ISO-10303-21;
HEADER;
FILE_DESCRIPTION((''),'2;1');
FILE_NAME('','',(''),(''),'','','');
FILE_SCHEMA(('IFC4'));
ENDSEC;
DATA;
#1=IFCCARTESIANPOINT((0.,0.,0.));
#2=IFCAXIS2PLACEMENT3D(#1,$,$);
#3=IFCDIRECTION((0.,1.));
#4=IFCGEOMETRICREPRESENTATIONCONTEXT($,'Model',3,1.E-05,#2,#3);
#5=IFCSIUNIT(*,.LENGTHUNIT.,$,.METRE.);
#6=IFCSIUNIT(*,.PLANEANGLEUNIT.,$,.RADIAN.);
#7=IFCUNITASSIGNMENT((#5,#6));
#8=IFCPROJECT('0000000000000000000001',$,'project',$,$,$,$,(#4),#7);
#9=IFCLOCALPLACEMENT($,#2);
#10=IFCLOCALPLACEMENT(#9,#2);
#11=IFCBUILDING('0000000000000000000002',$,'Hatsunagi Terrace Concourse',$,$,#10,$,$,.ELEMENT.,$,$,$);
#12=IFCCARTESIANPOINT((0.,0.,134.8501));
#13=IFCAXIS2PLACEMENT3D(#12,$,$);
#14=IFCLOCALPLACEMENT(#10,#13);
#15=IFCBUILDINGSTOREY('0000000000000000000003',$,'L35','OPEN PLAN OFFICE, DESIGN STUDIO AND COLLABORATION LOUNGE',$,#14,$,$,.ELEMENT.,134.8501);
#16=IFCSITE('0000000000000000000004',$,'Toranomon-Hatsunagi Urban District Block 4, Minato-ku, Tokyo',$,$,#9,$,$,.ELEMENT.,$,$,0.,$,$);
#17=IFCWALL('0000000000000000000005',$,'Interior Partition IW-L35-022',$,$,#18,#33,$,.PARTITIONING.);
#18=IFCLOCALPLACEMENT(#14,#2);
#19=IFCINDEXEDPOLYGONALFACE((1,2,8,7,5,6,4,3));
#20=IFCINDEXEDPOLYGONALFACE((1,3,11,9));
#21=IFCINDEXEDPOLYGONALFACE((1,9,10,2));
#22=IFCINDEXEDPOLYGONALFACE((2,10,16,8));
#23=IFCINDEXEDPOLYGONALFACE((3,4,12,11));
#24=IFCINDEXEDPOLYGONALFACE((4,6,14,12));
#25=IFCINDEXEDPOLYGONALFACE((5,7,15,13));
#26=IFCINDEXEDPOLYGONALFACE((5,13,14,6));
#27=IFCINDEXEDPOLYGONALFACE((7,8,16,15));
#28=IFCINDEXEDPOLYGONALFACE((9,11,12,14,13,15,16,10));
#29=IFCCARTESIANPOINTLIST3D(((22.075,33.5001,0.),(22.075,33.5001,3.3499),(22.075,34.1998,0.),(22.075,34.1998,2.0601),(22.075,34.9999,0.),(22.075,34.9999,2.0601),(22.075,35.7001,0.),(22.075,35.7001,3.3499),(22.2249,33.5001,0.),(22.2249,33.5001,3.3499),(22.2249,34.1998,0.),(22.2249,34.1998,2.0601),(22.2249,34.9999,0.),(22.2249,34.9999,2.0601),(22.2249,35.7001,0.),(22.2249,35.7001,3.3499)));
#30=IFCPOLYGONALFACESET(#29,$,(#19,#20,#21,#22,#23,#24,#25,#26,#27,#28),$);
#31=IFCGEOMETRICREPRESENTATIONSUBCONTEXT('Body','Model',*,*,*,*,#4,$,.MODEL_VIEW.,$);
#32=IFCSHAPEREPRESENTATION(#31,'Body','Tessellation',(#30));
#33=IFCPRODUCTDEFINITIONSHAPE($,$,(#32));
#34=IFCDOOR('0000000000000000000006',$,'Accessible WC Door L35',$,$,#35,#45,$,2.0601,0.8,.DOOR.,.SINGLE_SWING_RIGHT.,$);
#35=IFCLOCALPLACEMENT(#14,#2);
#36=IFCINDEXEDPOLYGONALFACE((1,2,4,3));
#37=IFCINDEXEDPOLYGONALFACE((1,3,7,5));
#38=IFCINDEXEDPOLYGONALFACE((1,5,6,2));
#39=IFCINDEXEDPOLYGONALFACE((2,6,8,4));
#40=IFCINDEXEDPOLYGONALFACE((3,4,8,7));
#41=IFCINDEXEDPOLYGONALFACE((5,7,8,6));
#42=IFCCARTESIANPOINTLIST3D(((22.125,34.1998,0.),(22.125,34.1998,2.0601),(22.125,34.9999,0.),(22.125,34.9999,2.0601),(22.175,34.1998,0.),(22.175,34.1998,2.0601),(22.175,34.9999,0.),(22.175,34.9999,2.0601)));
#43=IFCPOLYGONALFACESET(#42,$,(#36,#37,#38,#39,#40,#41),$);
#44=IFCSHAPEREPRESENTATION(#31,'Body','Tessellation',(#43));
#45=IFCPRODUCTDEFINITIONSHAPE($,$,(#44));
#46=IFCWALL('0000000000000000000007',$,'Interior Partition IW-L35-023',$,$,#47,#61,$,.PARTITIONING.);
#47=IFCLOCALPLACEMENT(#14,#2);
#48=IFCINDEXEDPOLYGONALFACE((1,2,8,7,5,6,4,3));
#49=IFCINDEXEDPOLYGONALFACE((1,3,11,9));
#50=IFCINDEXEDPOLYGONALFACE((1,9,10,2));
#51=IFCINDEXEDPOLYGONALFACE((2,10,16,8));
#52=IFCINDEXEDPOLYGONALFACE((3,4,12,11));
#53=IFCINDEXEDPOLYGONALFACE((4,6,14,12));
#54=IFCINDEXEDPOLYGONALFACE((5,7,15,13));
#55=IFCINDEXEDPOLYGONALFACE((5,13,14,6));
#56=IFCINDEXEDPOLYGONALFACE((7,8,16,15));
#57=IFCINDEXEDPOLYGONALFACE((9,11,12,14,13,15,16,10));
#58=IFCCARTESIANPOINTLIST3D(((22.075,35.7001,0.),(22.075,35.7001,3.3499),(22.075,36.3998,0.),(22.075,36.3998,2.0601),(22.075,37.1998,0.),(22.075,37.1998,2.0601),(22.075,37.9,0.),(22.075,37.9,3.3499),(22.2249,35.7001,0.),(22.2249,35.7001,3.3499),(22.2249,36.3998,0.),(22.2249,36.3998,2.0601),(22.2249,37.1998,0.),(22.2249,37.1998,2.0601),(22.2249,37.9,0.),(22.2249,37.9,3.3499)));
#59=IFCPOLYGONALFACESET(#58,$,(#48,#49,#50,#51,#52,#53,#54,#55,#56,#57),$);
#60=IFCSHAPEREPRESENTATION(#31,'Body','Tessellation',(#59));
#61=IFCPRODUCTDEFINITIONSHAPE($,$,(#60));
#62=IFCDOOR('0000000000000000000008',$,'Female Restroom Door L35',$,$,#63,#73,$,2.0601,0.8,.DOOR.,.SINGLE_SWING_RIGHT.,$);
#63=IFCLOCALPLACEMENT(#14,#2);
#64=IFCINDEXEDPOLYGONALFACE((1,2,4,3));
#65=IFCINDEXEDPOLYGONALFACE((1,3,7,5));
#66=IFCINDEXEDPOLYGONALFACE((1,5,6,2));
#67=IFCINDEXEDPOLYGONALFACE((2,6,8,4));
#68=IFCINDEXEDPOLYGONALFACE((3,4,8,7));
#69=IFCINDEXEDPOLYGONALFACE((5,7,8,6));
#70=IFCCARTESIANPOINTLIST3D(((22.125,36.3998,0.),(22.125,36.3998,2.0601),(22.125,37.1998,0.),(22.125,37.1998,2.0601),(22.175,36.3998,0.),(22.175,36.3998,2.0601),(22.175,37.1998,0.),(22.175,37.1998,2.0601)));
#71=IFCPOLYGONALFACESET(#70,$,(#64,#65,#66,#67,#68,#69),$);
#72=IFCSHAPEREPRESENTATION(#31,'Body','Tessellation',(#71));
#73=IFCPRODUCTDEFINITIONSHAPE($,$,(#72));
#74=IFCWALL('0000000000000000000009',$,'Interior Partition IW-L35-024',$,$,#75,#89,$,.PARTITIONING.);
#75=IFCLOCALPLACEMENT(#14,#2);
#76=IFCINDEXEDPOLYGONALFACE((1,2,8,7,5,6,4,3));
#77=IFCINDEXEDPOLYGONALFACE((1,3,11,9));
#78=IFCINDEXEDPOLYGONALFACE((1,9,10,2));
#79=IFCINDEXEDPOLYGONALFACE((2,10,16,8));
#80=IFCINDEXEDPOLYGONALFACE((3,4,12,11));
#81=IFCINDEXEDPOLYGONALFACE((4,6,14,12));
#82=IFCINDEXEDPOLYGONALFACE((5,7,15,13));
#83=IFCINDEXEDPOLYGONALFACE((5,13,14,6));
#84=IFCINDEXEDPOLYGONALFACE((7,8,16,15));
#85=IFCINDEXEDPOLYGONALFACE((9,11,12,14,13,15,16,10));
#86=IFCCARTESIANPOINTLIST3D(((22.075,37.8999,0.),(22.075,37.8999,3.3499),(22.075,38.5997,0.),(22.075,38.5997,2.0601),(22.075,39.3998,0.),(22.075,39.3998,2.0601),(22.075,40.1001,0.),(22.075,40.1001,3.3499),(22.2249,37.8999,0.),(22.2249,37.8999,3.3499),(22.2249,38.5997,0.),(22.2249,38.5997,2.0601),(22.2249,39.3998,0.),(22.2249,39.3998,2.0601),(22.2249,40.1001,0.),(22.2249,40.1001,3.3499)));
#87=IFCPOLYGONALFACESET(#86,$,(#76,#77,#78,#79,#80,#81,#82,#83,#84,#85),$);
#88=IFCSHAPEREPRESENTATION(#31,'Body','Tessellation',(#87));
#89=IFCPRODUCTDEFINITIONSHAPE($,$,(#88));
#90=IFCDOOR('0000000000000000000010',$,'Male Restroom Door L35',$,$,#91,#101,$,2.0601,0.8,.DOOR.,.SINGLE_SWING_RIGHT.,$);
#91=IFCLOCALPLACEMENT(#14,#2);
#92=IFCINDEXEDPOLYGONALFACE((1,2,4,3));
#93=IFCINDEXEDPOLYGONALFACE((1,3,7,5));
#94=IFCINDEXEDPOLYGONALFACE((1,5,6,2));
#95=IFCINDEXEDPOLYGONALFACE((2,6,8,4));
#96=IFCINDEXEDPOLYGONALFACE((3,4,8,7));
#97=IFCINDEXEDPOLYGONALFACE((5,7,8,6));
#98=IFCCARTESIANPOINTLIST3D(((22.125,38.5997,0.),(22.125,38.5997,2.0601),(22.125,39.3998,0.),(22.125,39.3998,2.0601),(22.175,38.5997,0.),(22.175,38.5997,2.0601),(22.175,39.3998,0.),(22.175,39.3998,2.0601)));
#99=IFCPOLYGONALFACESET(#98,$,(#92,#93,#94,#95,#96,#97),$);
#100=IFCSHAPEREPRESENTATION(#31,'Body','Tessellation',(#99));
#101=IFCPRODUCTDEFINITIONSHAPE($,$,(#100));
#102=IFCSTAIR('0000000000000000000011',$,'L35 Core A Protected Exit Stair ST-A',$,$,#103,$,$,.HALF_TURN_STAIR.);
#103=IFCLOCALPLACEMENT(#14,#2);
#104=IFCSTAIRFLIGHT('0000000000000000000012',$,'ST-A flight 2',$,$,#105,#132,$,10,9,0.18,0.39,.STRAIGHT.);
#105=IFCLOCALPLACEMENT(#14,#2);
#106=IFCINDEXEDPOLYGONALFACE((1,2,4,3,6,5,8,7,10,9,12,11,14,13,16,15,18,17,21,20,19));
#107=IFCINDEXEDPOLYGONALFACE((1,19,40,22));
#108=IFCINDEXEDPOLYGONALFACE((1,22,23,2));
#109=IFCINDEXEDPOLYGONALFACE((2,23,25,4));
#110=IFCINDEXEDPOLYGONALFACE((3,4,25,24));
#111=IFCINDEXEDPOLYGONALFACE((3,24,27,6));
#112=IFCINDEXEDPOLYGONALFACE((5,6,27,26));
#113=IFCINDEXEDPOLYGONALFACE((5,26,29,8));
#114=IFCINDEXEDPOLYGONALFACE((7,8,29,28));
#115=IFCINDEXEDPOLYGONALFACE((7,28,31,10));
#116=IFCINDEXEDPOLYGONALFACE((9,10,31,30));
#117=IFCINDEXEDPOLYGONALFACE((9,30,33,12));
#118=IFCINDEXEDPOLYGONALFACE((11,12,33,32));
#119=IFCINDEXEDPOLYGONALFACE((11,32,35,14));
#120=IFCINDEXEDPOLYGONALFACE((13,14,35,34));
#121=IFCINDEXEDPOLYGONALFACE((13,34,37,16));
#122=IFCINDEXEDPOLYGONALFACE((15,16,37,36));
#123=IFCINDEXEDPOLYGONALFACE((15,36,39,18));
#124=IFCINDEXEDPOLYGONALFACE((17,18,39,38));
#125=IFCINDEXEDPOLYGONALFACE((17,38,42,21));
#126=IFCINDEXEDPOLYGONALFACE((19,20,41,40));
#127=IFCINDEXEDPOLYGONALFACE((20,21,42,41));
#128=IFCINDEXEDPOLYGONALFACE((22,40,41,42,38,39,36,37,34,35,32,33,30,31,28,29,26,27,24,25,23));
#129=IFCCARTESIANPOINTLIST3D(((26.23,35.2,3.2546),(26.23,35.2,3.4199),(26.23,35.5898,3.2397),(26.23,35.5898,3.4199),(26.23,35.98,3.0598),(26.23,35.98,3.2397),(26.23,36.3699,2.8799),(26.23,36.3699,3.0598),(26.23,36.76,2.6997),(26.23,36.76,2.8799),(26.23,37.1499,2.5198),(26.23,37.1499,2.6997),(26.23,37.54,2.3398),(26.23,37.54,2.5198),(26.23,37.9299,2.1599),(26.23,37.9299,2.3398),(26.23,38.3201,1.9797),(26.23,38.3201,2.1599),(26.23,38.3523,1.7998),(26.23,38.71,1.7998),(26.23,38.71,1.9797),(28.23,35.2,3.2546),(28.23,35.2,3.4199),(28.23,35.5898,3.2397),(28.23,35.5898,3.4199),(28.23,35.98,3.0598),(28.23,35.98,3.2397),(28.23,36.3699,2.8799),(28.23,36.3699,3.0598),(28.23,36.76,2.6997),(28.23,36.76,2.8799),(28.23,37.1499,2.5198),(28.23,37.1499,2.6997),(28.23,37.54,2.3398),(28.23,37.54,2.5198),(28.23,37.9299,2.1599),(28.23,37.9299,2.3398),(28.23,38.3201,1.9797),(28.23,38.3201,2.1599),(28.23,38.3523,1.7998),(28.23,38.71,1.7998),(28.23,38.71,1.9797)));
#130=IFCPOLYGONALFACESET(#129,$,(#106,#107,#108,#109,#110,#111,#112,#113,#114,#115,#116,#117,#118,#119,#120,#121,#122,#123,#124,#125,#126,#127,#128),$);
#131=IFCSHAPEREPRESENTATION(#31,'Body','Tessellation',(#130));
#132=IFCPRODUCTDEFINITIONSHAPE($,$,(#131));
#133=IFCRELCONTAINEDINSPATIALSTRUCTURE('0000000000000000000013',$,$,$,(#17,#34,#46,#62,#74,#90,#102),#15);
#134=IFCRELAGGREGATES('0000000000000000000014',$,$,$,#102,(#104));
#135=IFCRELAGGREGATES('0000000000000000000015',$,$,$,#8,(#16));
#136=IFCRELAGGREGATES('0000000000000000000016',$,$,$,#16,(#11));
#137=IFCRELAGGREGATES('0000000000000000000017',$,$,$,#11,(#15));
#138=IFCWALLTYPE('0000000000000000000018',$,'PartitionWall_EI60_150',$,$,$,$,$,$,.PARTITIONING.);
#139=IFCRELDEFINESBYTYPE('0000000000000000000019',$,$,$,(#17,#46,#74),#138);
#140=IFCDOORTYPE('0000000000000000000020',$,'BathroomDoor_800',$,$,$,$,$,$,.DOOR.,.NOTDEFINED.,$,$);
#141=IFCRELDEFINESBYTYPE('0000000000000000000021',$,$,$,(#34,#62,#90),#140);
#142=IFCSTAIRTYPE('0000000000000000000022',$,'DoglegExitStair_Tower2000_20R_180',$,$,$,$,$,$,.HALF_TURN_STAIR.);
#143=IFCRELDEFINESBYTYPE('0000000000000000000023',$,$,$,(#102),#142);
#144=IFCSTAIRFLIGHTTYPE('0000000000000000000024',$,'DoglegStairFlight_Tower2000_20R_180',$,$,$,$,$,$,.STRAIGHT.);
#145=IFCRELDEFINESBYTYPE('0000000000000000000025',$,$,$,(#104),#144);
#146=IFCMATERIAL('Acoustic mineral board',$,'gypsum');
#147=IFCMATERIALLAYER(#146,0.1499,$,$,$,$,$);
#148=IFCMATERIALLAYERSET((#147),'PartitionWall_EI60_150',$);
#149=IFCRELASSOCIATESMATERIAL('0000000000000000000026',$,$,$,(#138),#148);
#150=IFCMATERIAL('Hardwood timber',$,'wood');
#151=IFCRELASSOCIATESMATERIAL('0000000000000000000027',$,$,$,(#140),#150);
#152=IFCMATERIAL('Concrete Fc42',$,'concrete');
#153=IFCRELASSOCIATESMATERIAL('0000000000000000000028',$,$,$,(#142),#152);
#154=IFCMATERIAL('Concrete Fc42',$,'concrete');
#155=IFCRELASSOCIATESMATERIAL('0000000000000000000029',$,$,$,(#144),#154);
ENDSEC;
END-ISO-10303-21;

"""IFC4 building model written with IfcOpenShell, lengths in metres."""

from ifc_helpers import new_model, si_unit, direction, frame, frame_2d, origin, place, context, subcontext, project, spatial, polyline, rectangle, outline, extrude, material, layer, layer_set, type_object, element, fill, aggregate, save


model = new_model("IFC4")

# Units and contexts
model_context = context("Model", 3, precision=1e-05, world=origin(), true_north=direction((0.0, 1.0)))
body_context = subcontext(model_context, "Body", "Model", "MODEL_VIEW")
ifc_project = project(units=[si_unit("LENGTHUNIT", "METRE"), si_unit("PLANEANGLEUNIT", "RADIAN")], contexts=[model_context])

# Site, building, storey
site_placement = place(None, origin())
site = spatial("IfcSite", under=ifc_project, at=site_placement, Name="Toranomon-Hatsunagi Urban District Block 4, Minato-ku, Tokyo", CompositionType="ELEMENT", RefElevation=0.0)
building_placement = place(site_placement, origin())
building = spatial("IfcBuilding", under=site, at=building_placement, Name="Hatsunagi Terrace Concourse", CompositionType="ELEMENT")
storey_placement = place(building_placement, frame((0.0, 0.0, 134.8501)))
storey = spatial("IfcBuildingStorey", under=building, at=storey_placement, Name="L35", Description="OPEN PLAN OFFICE, DESIGN STUDIO AND COLLABORATION LOUNGE", CompositionType="ELEMENT", Elevation=134.8501)

# Shared definitions
ifc_material_1 = material(Name="Acoustic mineral board", Category="gypsum")
ifc_layer_1 = layer(ifc_material_1, 0.1499)
ifc_layer_set_1 = layer_set([ifc_layer_1], Name="PartitionWall_EI60_150")
wall_type_1 = type_object("IfcWallType", Name="PartitionWall_EI60_150", PredefinedType="PARTITIONING", material=ifc_layer_set_1)

# Walls, openings, doors
wall_1_placement = place(storey_placement, frame((22.1499, 33.5, 0.0), z_axis=(0.0, 0.0, 1.0), x_axis=(0.0, 1.0, 0.0)))
wall_1 = element("IfcWall", 1, at=wall_1_placement, inside=storey, type_object=wall_type_1, Name="Interior Partition IW-L35-022", PredefinedType="PARTITIONING", context=body_context, shape_type="SweptSolid", body=[
    extrude(rectangle(XDim=2.2, YDim=0.1499, at=frame_2d((1.1001, 0.0))), origin(), (0.0, 0.0, 1.0), 3.3499),
])
opening_1_placement = place(wall_1_placement, frame((0.7, 0.0, 0.0)))
opening_1 = element("IfcOpeningElement", 2, at=opening_1_placement, cuts=wall_1, PredefinedType="OPENING", context=body_context, shape_type="SweptSolid", body=[
    extrude(rectangle(XDim=0.8, YDim=2.0601, at=frame_2d((0.3999, 1.03))), frame((0.0, 0.085, 0.0), z_axis=(0.0, -1.0, 0.0), x_axis=(1.0, 0.0, 0.0)), (0.0, 0.0, 1.0), 0.1699),
])
ifc_material_2 = material(Name="Hardwood timber", Category="wood")
door_type_1 = type_object("IfcDoorType", Name="BathroomDoor_800", OperationType="NOTDEFINED", PredefinedType="DOOR", material=ifc_material_2)
door_1_placement = place(opening_1_placement, origin())
door_1 = element("IfcDoor", 3, at=door_1_placement, inside=storey, type_object=door_type_1, Name="Accessible WC Door L35", OperationType="SINGLE_SWING_RIGHT", OverallHeight=2.0601, OverallWidth=0.8, PredefinedType="DOOR", context=body_context, shape_type="SweptSolid", body=[
    extrude(rectangle(XDim=0.8, YDim=2.0601, at=frame_2d((0.3999, 1.03))), frame((0.0, 0.0249, 0.0), z_axis=(0.0, -1.0, 0.0), x_axis=(1.0, 0.0, 0.0)), (0.0, 0.0, 1.0), 0.05),
])
fill(opening_1, door_1)
wall_2_placement = place(storey_placement, frame((22.1499, 35.7, 0.0), z_axis=(0.0, 0.0, 1.0), x_axis=(0.0, 1.0, 0.0)))
wall_2 = element("IfcWall", 4, at=wall_2_placement, inside=storey, type_object=wall_type_1, Name="Interior Partition IW-L35-023", PredefinedType="PARTITIONING", context=body_context, shape_type="SweptSolid", body=[
    extrude(rectangle(XDim=2.2, YDim=0.1499, at=frame_2d((1.1001, 0.0))), origin(), (0.0, 0.0, 1.0), 3.3499),
])
opening_2_placement = place(wall_2_placement, frame((0.7, 0.0, 0.0)))
opening_2 = element("IfcOpeningElement", 5, at=opening_2_placement, cuts=wall_2, PredefinedType="OPENING", context=body_context, shape_type="SweptSolid", body=[
    extrude(rectangle(XDim=0.8, YDim=2.0601, at=frame_2d((0.3999, 1.03))), frame((0.0, 0.085, 0.0), z_axis=(0.0, -1.0, 0.0), x_axis=(1.0, 0.0, 0.0)), (0.0, 0.0, 1.0), 0.1699),
])
door_2_placement = place(opening_2_placement, origin())
door_2 = element("IfcDoor", 6, at=door_2_placement, inside=storey, type_object=door_type_1, Name="Female Restroom Door L35", OperationType="SINGLE_SWING_RIGHT", OverallHeight=2.0601, OverallWidth=0.8, PredefinedType="DOOR", context=body_context, shape_type="SweptSolid", body=[
    extrude(rectangle(XDim=0.8, YDim=2.0601, at=frame_2d((0.3999, 1.03))), frame((0.0, 0.0249, 0.0), z_axis=(0.0, -1.0, 0.0), x_axis=(1.0, 0.0, 0.0)), (0.0, 0.0, 1.0), 0.05),
])
fill(opening_2, door_2)
wall_3_placement = place(storey_placement, frame((22.1499, 37.8999, 0.0), z_axis=(0.0, 0.0, 1.0), x_axis=(0.0, 1.0, 0.0)))
wall_3 = element("IfcWall", 7, at=wall_3_placement, inside=storey, type_object=wall_type_1, Name="Interior Partition IW-L35-024", PredefinedType="PARTITIONING", context=body_context, shape_type="SweptSolid", body=[
    extrude(rectangle(XDim=2.2002, YDim=0.1499, at=frame_2d((1.1001, 0.0))), origin(), (0.0, 0.0, 1.0), 3.3499),
])
opening_3_placement = place(wall_3_placement, frame((0.7, 0.0, 0.0)))
opening_3 = element("IfcOpeningElement", 8, at=opening_3_placement, cuts=wall_3, PredefinedType="OPENING", context=body_context, shape_type="SweptSolid", body=[
    extrude(rectangle(XDim=0.8, YDim=2.0601, at=frame_2d((0.3999, 1.03))), frame((0.0, 0.085, 0.0), z_axis=(0.0, -1.0, 0.0), x_axis=(1.0, 0.0, 0.0)), (0.0, 0.0, 1.0), 0.1699),
])
door_3_placement = place(opening_3_placement, origin())
door_3 = element("IfcDoor", 9, at=door_3_placement, inside=storey, type_object=door_type_1, Name="Male Restroom Door L35", OperationType="SINGLE_SWING_RIGHT", OverallHeight=2.0601, OverallWidth=0.8, PredefinedType="DOOR", context=body_context, shape_type="SweptSolid", body=[
    extrude(rectangle(XDim=0.8, YDim=2.0601, at=frame_2d((0.3999, 1.03))), frame((0.0, 0.0249, 0.0), z_axis=(0.0, -1.0, 0.0), x_axis=(1.0, 0.0, 0.0)), (0.0, 0.0, 1.0), 0.05),
])
fill(opening_3, door_3)

# Stair, stair flight
ifc_material_3 = material(Name="Concrete Fc42", Category="concrete")
stair_type = type_object("IfcStairType", Name="DoglegExitStair_Tower2000_20R_180", PredefinedType="HALF_TURN_STAIR", material=ifc_material_3)
stair_placement = place(storey_placement, origin())
stair = element("IfcStair", 10, at=stair_placement, inside=storey, type_object=stair_type, Name="L35 Core A Protected Exit Stair ST-A", PredefinedType="HALF_TURN_STAIR")
ifc_material_4 = material(Name="Concrete Fc42", Category="concrete")
stair_flight_type = type_object("IfcStairFlightType", Name="DoglegStairFlight_Tower2000_20R_180", PredefinedType="STRAIGHT", material=ifc_material_4)
stair_flight_placement = place(storey_placement, frame((27.23, 38.71, 1.7998), z_axis=(0.0, 0.0, 1.0), x_axis=(0.0, -1.0, 0.0)))
stair_flight = element("IfcStairFlight", 11, at=stair_flight_placement, type_object=stair_flight_type, Name="ST-A flight 2", NumberOfRisers=10, NumberOfTreads=9, PredefinedType="STRAIGHT", RiserHeight=0.18, TreadLength=0.39, context=body_context, shape_type="SweptSolid", body=[
    extrude(outline(polyline([(0.0, 0.0), (0.0, 0.1799), (0.3899, 0.1799), (0.3899, 0.3601), (0.78, 0.3601), (0.78, 0.54), (1.1699, 0.54), (1.1699, 0.72), (1.5601, 0.72), (1.5601, 0.8999), (1.95, 0.8999), (1.95, 1.0801), (2.3401, 1.0801), (2.3401, 1.26), (2.73, 1.26), (2.73, 1.4399), (3.1201, 1.4399), (3.1201, 1.6201), (3.51, 1.6201), (3.51, 1.8), (3.51, 1.4548), (0.3577, 0.0), (0.0, 0.0)])), frame((0.0, 1.0, 0.0), z_axis=(0.0, -1.0, 0.0), x_axis=(1.0, 0.0, 0.0)), (0.0, 0.0, 1.0), 2.0),
])
aggregate(stair, [stair_flight])

save(model, "model.ifc")
